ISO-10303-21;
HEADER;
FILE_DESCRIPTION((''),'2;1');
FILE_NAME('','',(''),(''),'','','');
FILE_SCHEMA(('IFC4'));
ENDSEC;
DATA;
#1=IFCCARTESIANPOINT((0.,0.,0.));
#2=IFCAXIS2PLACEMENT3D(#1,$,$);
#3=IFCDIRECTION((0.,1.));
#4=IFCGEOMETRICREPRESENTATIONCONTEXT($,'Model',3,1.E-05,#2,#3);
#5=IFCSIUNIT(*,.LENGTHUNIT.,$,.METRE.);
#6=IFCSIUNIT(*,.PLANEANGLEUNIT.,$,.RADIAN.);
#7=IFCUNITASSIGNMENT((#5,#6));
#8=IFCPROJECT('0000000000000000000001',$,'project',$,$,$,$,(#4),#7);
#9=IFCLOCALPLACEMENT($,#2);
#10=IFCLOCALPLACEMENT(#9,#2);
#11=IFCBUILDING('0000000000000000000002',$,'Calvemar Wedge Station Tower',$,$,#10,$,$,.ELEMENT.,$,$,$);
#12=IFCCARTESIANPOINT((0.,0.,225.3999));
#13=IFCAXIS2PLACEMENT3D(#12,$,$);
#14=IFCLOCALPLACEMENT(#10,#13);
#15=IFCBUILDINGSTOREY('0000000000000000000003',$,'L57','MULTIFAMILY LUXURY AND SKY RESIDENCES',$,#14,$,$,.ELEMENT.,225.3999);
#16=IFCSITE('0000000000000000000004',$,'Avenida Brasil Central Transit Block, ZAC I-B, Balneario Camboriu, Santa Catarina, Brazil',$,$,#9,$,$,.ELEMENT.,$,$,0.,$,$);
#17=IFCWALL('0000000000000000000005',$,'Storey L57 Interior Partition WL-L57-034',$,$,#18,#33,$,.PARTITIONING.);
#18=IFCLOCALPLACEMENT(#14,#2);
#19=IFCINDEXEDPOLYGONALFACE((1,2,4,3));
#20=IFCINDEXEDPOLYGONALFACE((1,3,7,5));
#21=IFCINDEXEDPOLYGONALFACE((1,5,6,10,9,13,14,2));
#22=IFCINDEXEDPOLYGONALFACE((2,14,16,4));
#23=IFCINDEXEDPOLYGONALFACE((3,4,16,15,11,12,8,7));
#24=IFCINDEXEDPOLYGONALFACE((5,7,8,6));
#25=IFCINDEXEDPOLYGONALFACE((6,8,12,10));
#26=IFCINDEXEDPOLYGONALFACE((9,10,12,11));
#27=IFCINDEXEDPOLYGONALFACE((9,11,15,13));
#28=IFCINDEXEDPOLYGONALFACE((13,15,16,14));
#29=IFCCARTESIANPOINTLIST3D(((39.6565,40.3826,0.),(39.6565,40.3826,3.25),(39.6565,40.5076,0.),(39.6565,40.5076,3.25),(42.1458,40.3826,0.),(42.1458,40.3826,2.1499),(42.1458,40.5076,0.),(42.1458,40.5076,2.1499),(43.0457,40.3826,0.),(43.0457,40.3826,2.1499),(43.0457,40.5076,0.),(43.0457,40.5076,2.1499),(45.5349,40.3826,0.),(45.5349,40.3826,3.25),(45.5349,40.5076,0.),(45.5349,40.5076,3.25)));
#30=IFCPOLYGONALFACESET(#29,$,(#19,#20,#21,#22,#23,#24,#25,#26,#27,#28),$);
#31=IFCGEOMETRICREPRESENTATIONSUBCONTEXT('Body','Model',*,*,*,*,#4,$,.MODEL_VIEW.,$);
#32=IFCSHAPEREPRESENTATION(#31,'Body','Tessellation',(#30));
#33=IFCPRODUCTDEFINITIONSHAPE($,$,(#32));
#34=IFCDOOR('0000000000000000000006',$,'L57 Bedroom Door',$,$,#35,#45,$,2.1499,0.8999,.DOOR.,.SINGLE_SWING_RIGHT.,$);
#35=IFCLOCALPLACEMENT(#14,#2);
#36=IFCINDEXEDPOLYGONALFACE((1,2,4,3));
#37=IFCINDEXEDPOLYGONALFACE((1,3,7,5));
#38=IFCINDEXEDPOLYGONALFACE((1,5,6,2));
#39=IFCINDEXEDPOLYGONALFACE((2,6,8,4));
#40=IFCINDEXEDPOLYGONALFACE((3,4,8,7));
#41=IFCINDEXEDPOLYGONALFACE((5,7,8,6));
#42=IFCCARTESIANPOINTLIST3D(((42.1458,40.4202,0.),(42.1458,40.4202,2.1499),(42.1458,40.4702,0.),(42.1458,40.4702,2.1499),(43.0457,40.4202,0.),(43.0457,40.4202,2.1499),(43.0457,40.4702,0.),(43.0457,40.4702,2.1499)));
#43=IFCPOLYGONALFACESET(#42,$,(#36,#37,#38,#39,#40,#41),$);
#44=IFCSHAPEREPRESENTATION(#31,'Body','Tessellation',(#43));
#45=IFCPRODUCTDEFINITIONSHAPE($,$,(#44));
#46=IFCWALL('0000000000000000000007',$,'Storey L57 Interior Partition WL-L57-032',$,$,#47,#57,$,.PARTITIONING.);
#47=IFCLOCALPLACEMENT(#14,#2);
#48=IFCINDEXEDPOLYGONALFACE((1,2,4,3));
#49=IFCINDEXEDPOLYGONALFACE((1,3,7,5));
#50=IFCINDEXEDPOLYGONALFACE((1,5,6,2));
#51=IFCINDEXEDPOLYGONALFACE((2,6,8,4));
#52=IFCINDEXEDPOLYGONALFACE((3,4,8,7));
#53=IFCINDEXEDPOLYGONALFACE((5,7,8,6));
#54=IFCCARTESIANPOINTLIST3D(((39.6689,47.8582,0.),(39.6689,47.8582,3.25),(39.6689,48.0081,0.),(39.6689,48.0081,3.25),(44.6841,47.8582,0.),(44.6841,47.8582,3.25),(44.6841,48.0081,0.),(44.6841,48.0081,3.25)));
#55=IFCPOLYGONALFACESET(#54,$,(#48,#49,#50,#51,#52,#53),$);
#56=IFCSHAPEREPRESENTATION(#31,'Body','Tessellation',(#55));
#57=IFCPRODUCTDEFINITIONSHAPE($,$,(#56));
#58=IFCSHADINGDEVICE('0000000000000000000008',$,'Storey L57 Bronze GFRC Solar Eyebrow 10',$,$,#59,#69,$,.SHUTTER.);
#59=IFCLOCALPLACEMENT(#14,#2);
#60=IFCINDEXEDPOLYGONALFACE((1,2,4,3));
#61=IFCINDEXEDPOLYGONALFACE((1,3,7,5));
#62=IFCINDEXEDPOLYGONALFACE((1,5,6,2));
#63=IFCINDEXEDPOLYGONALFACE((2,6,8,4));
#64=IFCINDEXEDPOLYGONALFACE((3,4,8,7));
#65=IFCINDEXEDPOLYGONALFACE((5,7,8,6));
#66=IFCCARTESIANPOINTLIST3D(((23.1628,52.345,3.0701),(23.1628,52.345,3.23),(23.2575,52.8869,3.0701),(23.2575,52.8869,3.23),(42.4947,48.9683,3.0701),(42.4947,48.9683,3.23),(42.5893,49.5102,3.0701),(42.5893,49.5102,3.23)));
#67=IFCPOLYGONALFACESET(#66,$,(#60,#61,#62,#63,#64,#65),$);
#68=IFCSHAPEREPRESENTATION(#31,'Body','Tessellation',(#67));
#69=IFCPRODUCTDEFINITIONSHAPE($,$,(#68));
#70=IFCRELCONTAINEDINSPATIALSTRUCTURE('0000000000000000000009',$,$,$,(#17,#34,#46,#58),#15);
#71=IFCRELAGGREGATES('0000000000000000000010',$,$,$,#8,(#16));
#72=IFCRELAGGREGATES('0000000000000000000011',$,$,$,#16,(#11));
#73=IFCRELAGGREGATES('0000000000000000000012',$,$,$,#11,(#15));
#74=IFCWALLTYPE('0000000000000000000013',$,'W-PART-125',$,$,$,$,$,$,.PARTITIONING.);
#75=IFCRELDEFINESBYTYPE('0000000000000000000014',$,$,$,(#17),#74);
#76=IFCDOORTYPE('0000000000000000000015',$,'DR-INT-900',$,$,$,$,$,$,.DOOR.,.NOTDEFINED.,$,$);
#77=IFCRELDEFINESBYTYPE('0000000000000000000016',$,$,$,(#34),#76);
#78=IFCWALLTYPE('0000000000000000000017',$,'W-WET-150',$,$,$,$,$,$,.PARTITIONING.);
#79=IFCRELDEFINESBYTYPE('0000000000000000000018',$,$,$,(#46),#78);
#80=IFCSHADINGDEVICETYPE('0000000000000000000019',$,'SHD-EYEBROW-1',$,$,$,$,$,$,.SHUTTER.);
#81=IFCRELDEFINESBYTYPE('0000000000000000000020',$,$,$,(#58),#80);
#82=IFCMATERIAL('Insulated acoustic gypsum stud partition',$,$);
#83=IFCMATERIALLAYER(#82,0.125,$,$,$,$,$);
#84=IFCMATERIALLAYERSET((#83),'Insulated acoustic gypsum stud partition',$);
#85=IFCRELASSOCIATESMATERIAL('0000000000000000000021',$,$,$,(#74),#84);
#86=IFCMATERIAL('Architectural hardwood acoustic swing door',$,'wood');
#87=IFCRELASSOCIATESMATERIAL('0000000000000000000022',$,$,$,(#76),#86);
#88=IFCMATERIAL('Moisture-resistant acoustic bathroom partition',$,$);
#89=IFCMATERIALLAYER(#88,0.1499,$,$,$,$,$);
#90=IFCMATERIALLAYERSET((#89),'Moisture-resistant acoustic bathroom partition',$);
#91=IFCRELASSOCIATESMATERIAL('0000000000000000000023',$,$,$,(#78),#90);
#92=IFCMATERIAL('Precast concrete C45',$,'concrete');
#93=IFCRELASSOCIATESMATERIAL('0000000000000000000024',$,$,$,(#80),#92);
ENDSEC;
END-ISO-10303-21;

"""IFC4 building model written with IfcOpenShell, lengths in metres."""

from ifc_helpers import new_model, si_unit, direction, frame, frame_2d, origin, place, context, subcontext, project, spatial, rectangle, extrude, source, transform, mapped, material, layer, layer_set, type_object, element, fill, save


model = new_model("IFC4")

# Units and contexts
model_context = context("Model", 3, precision=1e-05, world=origin(), true_north=direction((0.0, 1.0)))
body_context = subcontext(model_context, "Body", "Model", "MODEL_VIEW")
ifc_project = project(units=[si_unit("LENGTHUNIT", "METRE"), si_unit("PLANEANGLEUNIT", "RADIAN")], contexts=[model_context])

# Site, building, storey
site_placement = place(None, origin())
site = spatial("IfcSite", under=ifc_project, at=site_placement, Name="Avenida Brasil Central Transit Block, ZAC I-B, Balneario Camboriu, Santa Catarina, Brazil", CompositionType="ELEMENT", RefElevation=0.0)
building_placement = place(site_placement, origin())
building = spatial("IfcBuilding", under=site, at=building_placement, Name="Calvemar Wedge Station Tower", CompositionType="ELEMENT")
storey_placement = place(building_placement, frame((0.0, 0.0, 225.3999)))
storey = spatial("IfcBuildingStorey", under=building, at=storey_placement, Name="L57", Description="MULTIFAMILY LUXURY AND SKY RESIDENCES", CompositionType="ELEMENT", Elevation=225.3999)

# Shared definitions
ifc_material_1 = material(Name="Precast concrete C45", Category="concrete")
ifc_material_2 = material(Name="Insulated acoustic gypsum stud partition")
ifc_layer_1 = layer(ifc_material_2, 0.125)
ifc_layer_set_1 = layer_set([ifc_layer_1], Name="Insulated acoustic gypsum stud partition")
wall_type_1 = type_object("IfcWallType", Name="W-PART-125", PredefinedType="PARTITIONING", material=ifc_layer_set_1)

# Shared definitions
shared_shape_1 = source(origin(), body_context, "Body", "SweptSolid", [
    extrude(rectangle(XDim=0.8999, YDim=2.1499, at=frame_2d((0.45, 1.075))), frame((0.0, 0.0725, 0.0), z_axis=(0.0, -1.0, 0.0), x_axis=(1.0, 0.0, 0.0)), (0.0, 0.0, 1.0), 0.145),
])
ifc_material_3 = material(Name="Architectural hardwood acoustic swing door", Category="wood")
door_type_1 = type_object("IfcDoorType", Name="DR-INT-900", OperationType="NOTDEFINED", PredefinedType="DOOR", material=ifc_material_3)
shared_shape_2 = source(origin(), body_context, "Body", "SweptSolid", [
    extrude(rectangle(XDim=0.8999, YDim=2.1499, at=frame_2d((0.45, 1.075))), frame((0.0, 0.0249, 0.0), z_axis=(0.0, -1.0, 0.0), x_axis=(1.0, 0.0, 0.0)), (0.0, 0.0, 1.0), 0.05),
])

# Wall, opening, door
wall_1_placement = place(storey_placement, frame((45.5349, 40.4451, 0.0), z_axis=(0.0, 0.0, 1.0), x_axis=(-1.0, 0.0, 0.0)))
wall_1 = element("IfcWall", 1, at=wall_1_placement, inside=storey, type_object=wall_type_1, Name="Storey L57 Interior Partition WL-L57-034", PredefinedType="PARTITIONING", context=body_context, shape_type="SweptSolid", body=[
    extrude(rectangle(XDim=5.8784, YDim=0.125, at=frame_2d((2.9392, 0.0))), origin(), (0.0, 0.0, 1.0), 3.25),
])
opening_1_placement = place(wall_1_placement, frame((2.4893, 0.0, 0.0)))
opening_1 = element("IfcOpeningElement", 2, at=opening_1_placement, cuts=wall_1, PredefinedType="OPENING", context=body_context, shape_type="MappedRepresentation", body=[
    mapped(shared_shape_1, transform((0.0, 0.0, 0.0), scale=1.0)),
])
door_1_placement = place(opening_1_placement, origin())
door_1 = element("IfcDoor", 3, at=door_1_placement, inside=storey, type_object=door_type_1, Name="L57 Bedroom Door", OperationType="SINGLE_SWING_RIGHT", OverallHeight=2.1499, OverallWidth=0.8999, PredefinedType="DOOR", context=body_context, shape_type="MappedRepresentation", body=[
    mapped(shared_shape_2, transform((0.0, 0.0, 0.0), scale=1.0)),
])
fill(opening_1, door_1)
ifc_material_4 = material(Name="Moisture-resistant acoustic bathroom partition")
ifc_layer_2 = layer(ifc_material_4, 0.1499)
ifc_layer_set_2 = layer_set([ifc_layer_2], Name="Moisture-resistant acoustic bathroom partition")
wall_type_2 = type_object("IfcWallType", Name="W-WET-150", PredefinedType="PARTITIONING", material=ifc_layer_set_2)

# Wall
wall_2_placement = place(storey_placement, frame((44.6841, 47.9331, 0.0), z_axis=(0.0, 0.0, 1.0), x_axis=(-1.0, 0.0, 0.0)))
element("IfcWall", 4, at=wall_2_placement, inside=storey, type_object=wall_type_2, Name="Storey L57 Interior Partition WL-L57-032", PredefinedType="PARTITIONING", context=body_context, shape_type="SweptSolid", body=[
    extrude(rectangle(XDim=5.0151, YDim=0.1499, at=frame_2d((2.5076, 0.0))), origin(), (0.0, 0.0, 1.0), 3.25),
])

# Shading device
shading_device_type = type_object("IfcShadingDeviceType", Name="SHD-EYEBROW-1", PredefinedType="SHUTTER", material=ifc_material_1)
shading_device_placement = place(storey_placement, frame((42.542, 49.2393, 3.0701), z_axis=(0.0, 0.0, 1.0), x_axis=(-0.985085, 0.172066, 0.0)))
element("IfcShadingDevice", 5, at=shading_device_placement, inside=storey, type_object=shading_device_type, Name="Storey L57 Bronze GFRC Solar Eyebrow 10", PredefinedType="SHUTTER", context=body_context, shape_type="SweptSolid", body=[
    extrude(rectangle(XDim=19.6245, YDim=0.55, at=frame_2d((9.8123, 0.0))), origin(), (0.0, 0.0, 1.0), 0.1599),
])

save(model, "model.ifc")
